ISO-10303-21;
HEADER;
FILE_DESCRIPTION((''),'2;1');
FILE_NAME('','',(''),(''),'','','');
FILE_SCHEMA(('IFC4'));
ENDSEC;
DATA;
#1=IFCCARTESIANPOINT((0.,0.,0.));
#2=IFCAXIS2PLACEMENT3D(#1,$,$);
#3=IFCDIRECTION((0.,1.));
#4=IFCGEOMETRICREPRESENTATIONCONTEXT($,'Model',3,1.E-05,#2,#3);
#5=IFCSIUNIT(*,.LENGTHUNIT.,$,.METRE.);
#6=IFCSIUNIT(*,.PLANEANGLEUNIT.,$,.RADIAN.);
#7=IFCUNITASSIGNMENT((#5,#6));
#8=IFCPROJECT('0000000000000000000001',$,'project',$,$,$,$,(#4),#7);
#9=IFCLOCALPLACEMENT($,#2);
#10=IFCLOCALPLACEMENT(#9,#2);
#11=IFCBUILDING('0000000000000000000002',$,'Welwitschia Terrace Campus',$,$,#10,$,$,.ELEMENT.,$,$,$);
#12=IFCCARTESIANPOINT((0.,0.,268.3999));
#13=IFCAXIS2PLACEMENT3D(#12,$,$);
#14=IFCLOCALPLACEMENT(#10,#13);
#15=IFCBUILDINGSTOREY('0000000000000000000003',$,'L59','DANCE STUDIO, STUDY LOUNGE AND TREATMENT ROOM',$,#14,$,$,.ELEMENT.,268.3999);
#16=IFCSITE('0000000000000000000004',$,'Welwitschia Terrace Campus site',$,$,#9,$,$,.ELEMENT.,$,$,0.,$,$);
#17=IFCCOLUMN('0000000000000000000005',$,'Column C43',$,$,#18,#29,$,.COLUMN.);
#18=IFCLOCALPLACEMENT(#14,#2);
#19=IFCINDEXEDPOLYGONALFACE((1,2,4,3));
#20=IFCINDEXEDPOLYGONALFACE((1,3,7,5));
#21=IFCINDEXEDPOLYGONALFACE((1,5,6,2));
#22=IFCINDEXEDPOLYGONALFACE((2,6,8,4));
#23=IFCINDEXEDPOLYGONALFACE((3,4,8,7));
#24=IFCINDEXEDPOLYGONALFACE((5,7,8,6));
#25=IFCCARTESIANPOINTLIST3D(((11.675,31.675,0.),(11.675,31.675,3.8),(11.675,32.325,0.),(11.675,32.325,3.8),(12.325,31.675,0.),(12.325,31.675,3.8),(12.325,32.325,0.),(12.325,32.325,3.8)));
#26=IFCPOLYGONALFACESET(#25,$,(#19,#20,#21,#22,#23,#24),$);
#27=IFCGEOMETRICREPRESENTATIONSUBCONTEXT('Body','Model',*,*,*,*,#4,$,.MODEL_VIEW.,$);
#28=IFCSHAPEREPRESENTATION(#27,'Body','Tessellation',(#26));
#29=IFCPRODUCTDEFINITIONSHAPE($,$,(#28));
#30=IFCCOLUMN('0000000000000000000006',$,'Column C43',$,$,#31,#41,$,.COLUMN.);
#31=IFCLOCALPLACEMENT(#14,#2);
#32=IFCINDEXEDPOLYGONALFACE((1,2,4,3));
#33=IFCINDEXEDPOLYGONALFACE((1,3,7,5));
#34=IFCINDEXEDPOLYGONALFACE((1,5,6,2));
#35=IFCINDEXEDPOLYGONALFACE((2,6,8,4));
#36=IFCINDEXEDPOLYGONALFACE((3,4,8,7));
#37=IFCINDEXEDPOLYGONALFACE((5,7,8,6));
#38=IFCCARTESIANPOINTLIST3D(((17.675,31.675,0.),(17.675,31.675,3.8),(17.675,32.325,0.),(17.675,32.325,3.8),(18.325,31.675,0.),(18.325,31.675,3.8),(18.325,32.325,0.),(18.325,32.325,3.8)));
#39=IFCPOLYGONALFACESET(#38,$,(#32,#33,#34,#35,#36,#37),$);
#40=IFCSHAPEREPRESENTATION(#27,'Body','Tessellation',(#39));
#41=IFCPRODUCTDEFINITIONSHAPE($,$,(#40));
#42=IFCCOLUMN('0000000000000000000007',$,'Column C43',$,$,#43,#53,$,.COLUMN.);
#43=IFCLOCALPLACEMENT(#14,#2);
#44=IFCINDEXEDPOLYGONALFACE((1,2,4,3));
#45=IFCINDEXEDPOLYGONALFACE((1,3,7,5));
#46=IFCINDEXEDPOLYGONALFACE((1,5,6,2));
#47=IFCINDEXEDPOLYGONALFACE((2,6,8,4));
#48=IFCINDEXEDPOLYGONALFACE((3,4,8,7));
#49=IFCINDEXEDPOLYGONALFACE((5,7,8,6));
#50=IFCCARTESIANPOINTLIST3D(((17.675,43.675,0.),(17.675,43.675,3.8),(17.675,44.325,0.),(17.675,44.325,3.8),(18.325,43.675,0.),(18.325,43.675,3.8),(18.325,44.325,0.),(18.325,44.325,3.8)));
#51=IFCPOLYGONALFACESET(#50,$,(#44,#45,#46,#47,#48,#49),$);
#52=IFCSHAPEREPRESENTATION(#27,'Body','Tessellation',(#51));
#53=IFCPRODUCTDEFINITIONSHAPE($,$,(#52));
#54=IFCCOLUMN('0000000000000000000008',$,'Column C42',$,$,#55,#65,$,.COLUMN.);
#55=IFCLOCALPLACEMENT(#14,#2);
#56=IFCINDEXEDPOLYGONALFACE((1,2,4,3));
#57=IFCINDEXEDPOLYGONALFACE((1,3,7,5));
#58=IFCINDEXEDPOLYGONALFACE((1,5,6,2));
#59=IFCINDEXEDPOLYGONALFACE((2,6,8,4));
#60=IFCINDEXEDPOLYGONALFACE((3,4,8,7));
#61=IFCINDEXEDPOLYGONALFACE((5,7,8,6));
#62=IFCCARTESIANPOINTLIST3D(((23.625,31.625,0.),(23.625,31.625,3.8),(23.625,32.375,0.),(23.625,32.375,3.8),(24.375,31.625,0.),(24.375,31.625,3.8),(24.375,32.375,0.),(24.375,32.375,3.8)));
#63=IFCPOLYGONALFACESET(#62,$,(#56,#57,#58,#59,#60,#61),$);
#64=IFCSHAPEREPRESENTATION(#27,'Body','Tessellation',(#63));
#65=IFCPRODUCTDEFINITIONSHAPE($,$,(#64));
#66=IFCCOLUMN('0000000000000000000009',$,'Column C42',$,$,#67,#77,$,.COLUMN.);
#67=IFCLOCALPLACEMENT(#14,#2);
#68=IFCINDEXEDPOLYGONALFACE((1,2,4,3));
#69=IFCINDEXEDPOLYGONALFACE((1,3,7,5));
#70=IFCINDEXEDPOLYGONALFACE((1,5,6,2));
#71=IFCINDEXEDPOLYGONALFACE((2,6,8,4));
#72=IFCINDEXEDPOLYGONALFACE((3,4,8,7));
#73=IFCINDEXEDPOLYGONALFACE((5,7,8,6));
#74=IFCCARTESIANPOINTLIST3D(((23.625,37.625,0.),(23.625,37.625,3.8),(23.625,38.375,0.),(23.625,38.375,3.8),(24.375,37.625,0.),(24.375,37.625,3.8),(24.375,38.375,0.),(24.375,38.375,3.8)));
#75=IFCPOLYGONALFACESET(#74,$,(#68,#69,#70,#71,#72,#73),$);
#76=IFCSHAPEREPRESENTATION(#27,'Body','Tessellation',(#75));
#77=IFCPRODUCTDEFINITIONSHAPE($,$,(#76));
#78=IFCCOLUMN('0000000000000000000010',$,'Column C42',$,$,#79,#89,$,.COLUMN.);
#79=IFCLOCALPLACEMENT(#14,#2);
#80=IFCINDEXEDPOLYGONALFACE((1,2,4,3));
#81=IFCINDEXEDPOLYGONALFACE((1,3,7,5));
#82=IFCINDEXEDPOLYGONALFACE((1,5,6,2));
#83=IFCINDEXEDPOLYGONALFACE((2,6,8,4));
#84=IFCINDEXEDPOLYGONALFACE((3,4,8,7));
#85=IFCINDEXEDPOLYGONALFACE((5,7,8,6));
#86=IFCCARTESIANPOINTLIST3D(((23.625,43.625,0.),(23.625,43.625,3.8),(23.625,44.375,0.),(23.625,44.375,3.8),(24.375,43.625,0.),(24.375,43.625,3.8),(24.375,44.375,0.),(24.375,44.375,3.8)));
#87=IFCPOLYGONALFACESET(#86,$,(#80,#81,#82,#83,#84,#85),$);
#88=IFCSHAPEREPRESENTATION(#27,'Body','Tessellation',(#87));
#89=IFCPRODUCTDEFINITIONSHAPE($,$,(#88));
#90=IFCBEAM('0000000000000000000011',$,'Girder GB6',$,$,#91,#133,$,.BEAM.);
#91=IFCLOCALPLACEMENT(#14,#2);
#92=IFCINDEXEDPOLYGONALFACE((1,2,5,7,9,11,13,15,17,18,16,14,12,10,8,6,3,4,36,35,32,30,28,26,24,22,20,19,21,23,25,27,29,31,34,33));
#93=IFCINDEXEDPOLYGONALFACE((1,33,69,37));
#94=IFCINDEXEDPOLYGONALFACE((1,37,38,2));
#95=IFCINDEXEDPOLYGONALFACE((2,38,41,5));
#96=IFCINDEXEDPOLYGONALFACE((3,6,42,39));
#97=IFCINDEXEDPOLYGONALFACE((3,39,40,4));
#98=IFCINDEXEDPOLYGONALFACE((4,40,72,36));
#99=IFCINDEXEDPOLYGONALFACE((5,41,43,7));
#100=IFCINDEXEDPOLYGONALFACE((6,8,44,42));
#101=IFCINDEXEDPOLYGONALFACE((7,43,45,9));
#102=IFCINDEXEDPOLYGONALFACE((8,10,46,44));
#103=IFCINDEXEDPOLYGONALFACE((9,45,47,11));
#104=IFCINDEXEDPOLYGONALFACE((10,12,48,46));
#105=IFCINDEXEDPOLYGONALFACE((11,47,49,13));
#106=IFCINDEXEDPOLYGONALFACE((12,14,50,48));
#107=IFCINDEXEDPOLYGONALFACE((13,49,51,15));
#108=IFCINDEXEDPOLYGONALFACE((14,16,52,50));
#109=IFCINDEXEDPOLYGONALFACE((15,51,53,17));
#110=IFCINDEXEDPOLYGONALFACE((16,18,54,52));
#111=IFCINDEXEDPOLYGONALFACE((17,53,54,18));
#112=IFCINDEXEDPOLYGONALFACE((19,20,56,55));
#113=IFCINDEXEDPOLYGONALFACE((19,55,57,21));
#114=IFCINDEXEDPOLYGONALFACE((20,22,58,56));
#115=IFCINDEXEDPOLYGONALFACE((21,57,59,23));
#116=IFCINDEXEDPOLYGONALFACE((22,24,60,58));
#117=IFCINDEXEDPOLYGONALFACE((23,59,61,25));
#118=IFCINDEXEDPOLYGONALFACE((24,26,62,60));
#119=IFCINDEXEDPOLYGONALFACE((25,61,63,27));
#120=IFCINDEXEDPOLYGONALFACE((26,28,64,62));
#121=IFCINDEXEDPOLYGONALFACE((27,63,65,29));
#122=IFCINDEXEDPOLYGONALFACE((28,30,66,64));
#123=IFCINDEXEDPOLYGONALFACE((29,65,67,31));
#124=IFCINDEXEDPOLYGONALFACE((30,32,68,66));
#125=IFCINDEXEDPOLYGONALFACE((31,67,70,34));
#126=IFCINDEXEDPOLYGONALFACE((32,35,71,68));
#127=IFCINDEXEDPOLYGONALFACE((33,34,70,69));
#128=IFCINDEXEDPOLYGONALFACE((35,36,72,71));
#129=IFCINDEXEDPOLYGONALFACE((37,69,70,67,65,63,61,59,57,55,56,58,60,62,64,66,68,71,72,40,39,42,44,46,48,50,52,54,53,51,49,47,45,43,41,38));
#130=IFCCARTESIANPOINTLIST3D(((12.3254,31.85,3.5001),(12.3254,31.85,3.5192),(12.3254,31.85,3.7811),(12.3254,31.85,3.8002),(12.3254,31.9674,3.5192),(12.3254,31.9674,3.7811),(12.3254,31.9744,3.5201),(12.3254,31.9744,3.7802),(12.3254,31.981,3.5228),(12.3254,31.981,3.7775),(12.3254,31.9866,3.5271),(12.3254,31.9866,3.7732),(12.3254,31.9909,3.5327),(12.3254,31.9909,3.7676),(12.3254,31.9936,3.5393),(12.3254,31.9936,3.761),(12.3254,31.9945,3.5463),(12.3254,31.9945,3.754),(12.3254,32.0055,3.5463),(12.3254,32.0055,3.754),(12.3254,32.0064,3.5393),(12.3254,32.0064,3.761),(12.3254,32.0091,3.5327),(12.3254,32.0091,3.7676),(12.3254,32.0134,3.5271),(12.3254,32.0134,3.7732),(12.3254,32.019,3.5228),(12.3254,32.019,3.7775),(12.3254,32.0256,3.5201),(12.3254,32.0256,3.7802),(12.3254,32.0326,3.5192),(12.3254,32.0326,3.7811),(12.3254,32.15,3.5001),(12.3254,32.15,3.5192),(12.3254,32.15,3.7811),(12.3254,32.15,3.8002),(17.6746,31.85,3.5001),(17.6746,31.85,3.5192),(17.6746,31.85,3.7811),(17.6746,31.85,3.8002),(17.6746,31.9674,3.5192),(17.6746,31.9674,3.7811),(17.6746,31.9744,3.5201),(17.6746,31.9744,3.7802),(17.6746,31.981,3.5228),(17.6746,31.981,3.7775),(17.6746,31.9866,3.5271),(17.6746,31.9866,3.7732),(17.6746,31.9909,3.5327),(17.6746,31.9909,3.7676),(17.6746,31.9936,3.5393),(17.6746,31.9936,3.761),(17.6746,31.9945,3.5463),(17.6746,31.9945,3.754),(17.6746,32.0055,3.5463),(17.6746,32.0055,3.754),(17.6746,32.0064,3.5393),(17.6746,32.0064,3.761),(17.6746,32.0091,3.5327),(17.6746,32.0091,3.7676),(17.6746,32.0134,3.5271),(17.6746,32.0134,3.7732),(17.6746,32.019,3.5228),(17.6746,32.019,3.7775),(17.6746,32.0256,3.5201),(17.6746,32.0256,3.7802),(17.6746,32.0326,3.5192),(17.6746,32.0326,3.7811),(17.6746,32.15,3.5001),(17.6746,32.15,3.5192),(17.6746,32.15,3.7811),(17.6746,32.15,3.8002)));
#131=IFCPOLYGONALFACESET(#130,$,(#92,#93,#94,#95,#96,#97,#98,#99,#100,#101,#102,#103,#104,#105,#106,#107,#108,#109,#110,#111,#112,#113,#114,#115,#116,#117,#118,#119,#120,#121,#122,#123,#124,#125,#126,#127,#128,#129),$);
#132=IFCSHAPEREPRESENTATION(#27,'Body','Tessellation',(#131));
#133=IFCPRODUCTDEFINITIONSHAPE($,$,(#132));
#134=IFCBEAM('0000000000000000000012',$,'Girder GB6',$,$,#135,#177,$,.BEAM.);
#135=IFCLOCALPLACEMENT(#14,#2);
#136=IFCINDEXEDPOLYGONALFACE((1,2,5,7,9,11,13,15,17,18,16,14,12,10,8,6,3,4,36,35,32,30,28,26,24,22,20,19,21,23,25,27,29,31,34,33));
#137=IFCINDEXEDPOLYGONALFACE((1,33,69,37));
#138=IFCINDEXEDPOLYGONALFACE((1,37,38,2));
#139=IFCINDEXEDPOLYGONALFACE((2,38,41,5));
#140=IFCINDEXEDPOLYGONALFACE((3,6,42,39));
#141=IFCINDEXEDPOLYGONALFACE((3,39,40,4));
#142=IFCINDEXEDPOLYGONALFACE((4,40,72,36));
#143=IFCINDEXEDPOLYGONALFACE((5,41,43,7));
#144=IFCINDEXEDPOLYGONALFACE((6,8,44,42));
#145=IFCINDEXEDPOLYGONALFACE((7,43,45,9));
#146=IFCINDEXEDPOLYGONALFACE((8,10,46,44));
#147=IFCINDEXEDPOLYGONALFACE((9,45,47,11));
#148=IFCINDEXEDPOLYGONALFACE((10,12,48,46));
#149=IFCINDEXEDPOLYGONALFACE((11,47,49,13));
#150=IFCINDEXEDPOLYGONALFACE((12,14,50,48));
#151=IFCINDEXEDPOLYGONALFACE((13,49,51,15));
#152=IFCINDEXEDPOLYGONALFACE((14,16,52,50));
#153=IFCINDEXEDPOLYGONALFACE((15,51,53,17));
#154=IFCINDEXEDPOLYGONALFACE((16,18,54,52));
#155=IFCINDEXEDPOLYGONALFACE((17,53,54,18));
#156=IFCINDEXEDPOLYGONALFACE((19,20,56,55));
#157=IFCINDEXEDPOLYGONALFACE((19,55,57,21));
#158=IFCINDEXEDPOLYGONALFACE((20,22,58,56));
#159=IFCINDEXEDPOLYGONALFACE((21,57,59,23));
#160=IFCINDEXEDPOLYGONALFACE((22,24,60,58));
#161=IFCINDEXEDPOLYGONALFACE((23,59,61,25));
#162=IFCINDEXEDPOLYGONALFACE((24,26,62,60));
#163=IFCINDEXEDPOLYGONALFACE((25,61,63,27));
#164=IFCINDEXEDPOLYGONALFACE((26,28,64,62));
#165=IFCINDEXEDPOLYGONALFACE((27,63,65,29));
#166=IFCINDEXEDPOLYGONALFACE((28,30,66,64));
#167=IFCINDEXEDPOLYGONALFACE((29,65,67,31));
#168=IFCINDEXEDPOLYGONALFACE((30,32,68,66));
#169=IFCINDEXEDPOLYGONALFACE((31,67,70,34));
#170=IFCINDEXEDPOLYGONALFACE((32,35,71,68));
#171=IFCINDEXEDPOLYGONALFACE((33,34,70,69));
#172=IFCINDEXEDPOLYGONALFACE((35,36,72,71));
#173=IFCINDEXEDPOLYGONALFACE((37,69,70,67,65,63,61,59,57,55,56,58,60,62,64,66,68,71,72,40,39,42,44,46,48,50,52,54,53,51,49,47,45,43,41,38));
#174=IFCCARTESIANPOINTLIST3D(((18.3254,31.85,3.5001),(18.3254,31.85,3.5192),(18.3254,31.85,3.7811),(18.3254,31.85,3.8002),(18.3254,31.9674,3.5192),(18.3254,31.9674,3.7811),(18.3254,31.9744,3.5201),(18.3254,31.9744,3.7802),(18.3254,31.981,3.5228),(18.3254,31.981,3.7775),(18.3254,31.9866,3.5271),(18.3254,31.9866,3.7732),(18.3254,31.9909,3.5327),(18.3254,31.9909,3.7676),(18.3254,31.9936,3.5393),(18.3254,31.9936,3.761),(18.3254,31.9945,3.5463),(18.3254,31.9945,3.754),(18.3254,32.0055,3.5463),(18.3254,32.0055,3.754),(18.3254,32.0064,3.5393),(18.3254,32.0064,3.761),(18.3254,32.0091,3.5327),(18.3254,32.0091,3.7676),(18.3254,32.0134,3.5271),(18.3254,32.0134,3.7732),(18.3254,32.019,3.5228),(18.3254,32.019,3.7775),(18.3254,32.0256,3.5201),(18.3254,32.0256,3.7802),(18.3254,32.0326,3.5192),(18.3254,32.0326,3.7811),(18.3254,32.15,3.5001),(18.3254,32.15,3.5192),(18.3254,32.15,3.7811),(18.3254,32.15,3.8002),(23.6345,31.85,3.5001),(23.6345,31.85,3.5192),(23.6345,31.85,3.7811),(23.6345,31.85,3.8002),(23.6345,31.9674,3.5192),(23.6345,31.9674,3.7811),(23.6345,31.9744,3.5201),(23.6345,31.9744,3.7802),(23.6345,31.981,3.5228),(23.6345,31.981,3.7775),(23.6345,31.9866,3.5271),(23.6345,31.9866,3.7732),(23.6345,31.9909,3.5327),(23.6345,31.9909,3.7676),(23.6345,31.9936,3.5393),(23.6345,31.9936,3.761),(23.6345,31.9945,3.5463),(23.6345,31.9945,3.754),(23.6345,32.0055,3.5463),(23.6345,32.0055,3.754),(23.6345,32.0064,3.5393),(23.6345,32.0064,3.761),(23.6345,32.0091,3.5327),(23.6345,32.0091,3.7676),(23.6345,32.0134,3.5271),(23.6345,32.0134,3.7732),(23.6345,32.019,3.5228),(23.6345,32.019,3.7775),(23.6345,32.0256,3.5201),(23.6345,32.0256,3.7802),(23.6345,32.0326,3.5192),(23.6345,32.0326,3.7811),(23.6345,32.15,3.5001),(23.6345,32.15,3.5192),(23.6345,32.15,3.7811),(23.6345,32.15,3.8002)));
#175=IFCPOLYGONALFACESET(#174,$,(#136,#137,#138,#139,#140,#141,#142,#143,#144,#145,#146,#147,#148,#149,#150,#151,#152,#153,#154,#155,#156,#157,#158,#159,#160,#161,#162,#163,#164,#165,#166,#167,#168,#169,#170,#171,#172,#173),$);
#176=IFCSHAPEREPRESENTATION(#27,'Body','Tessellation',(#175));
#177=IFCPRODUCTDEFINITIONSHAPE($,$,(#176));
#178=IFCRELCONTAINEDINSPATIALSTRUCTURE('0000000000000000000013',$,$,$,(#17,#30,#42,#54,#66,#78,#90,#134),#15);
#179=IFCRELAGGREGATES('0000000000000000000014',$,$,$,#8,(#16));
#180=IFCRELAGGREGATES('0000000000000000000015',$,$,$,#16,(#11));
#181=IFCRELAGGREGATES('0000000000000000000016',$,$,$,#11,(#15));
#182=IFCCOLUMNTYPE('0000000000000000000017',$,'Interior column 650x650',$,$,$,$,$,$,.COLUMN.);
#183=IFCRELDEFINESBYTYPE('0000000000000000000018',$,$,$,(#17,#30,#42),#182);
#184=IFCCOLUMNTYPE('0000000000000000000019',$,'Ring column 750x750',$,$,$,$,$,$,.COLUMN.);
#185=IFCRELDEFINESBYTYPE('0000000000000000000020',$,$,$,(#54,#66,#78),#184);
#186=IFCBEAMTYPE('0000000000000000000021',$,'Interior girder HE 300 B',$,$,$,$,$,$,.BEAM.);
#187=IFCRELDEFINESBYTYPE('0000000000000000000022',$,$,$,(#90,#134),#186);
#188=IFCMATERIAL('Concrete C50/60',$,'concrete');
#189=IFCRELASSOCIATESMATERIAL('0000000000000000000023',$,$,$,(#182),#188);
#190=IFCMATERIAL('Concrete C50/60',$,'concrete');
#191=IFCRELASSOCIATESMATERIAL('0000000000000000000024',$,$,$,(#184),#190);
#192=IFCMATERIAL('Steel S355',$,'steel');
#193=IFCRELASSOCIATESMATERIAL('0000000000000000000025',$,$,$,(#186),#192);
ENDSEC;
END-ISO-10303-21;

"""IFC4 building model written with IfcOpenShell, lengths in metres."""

from ifc_helpers import new_model, si_unit, direction, frame, origin, origin_2d, place, context, subcontext, project, spatial, rectangle, i_section, extrude, material, material_profile, profile_set, type_object, element, save


model = new_model("IFC4")

# Units and contexts
model_context = context("Model", 3, precision=1e-05, world=origin(), true_north=direction((0.0, 1.0)))
body_context = subcontext(model_context, "Body", "Model", "MODEL_VIEW")
ifc_project = project(units=[si_unit("LENGTHUNIT", "METRE"), si_unit("PLANEANGLEUNIT", "RADIAN")], contexts=[model_context])

# Site, building, storey
site_placement = place(None, origin())
site = spatial("IfcSite", under=ifc_project, at=site_placement, Name="Welwitschia Terrace Campus site", CompositionType="ELEMENT", RefElevation=0.0)
building_placement = place(site_placement, origin())
building = spatial("IfcBuilding", under=site, at=building_placement, Name="Welwitschia Terrace Campus", CompositionType="ELEMENT")
storey_placement = place(building_placement, frame((0.0, 0.0, 268.3999)))
storey = spatial("IfcBuildingStorey", under=building, at=storey_placement, Name="L59", Description="DANCE STUDIO, STUDY LOUNGE AND TREATMENT ROOM", CompositionType="ELEMENT", Elevation=268.3999)

# Columns
ifc_material_1 = material(Name="Concrete C50/60", Category="concrete")
ifc_material_profile_1 = material_profile(ifc_material_1, rectangle(XDim=0.6499, YDim=0.6499, at=origin_2d()))
ifc_profile_set_1 = profile_set([ifc_material_profile_1], Name="Concrete C50/60")
column_type_1 = type_object("IfcColumnType", Name="Interior column 650x650", PredefinedType="COLUMN", material=ifc_profile_set_1)
for number, where, z_axis, x_axis, name in (
    (1, (12.0, 32.0, 0.0), (0.0, 0.0, 1.0), (1.0, 0.0, 0.0), "Column C43"),
    (2, (18.0, 32.0, 0.0), (0.0, 0.0, 1.0), (1.0, 0.0, 0.0), "Column C43"),
    (3, (18.0, 44.0, 0.0), (0.0, 0.0, 1.0), (1.0, 0.0, 0.0), "Column C43"),
):
    element("IfcColumn", number, at=place(storey_placement, frame(where, z_axis=z_axis, x_axis=x_axis)), inside=storey, type_object=column_type_1, Name=name, PredefinedType="COLUMN", context=body_context, shape_type="SweptSolid", body=[
        extrude(rectangle(XDim=0.6499, YDim=0.6499, at=origin_2d()), origin(), (0.0, 0.0, 1.0), 3.8),
    ])
ifc_material_2 = material(Name="Concrete C50/60", Category="concrete")
ifc_material_profile_2 = material_profile(ifc_material_2, rectangle(XDim=0.75, YDim=0.75, at=origin_2d()))
ifc_profile_set_2 = profile_set([ifc_material_profile_2], Name="Concrete C50/60")
column_type_2 = type_object("IfcColumnType", Name="Ring column 750x750", PredefinedType="COLUMN", material=ifc_profile_set_2)
for number, where, z_axis, x_axis, name in (
    (4, (24.0, 32.0, 0.0), (0.0, 0.0, 1.0), (1.0, 0.0, 0.0), "Column C42"),
    (5, (24.0, 38.0, 0.0), (0.0, 0.0, 1.0), (1.0, 0.0, 0.0), "Column C42"),
    (6, (24.0, 44.0, 0.0), (0.0, 0.0, 1.0), (1.0, 0.0, 0.0), "Column C42"),
):
    element("IfcColumn", number, at=place(storey_placement, frame(where, z_axis=z_axis, x_axis=x_axis)), inside=storey, type_object=column_type_2, Name=name, PredefinedType="COLUMN", context=body_context, shape_type="SweptSolid", body=[
        extrude(rectangle(XDim=0.75, YDim=0.75, at=origin_2d()), origin(), (0.0, 0.0, 1.0), 3.8),
    ])

# Beams
ifc_material_3 = material(Name="Steel S355", Category="steel")
ifc_material_profile_3 = material_profile(ifc_material_3, i_section(OverallWidth=0.3, OverallDepth=0.3, WebThickness=0.011, FlangeThickness=0.019, FilletRadius=0.0271, at=origin_2d()))
ifc_profile_set_3 = profile_set([ifc_material_profile_3], Name="Steel S355")
beam_type_1 = type_object("IfcBeamType", Name="Interior girder HE 300 B", PredefinedType="BEAM", material=ifc_profile_set_3)
beam_1_placement = place(storey_placement, frame((12.3254, 32.0, 3.6501), z_axis=(1.0, 0.0, 0.0), x_axis=(0.0, 1.0, 0.0)))
element("IfcBeam", 7, at=beam_1_placement, inside=storey, type_object=beam_type_1, Name="Girder GB6", PredefinedType="BEAM", context=body_context, shape_type="SweptSolid", body=[
    extrude(i_section(OverallWidth=0.3, OverallDepth=0.3, WebThickness=0.011, FlangeThickness=0.019, FilletRadius=0.0271, at=origin_2d()), origin(), (0.0, 0.0, 1.0), 5.3491),
])
beam_2_placement = place(storey_placement, frame((18.3254, 32.0, 3.6501), z_axis=(1.0, 0.0, 0.0), x_axis=(0.0, 1.0, 0.0)))
element("IfcBeam", 8, at=beam_2_placement, inside=storey, type_object=beam_type_1, Name="Girder GB6", PredefinedType="BEAM", context=body_context, shape_type="SweptSolid", body=[
    extrude(i_section(OverallWidth=0.3, OverallDepth=0.3, WebThickness=0.011, FlangeThickness=0.019, FilletRadius=0.0271, at=origin_2d()), origin(), (0.0, 0.0, 1.0), 5.3091),
])

save(model, "model.ifc")
